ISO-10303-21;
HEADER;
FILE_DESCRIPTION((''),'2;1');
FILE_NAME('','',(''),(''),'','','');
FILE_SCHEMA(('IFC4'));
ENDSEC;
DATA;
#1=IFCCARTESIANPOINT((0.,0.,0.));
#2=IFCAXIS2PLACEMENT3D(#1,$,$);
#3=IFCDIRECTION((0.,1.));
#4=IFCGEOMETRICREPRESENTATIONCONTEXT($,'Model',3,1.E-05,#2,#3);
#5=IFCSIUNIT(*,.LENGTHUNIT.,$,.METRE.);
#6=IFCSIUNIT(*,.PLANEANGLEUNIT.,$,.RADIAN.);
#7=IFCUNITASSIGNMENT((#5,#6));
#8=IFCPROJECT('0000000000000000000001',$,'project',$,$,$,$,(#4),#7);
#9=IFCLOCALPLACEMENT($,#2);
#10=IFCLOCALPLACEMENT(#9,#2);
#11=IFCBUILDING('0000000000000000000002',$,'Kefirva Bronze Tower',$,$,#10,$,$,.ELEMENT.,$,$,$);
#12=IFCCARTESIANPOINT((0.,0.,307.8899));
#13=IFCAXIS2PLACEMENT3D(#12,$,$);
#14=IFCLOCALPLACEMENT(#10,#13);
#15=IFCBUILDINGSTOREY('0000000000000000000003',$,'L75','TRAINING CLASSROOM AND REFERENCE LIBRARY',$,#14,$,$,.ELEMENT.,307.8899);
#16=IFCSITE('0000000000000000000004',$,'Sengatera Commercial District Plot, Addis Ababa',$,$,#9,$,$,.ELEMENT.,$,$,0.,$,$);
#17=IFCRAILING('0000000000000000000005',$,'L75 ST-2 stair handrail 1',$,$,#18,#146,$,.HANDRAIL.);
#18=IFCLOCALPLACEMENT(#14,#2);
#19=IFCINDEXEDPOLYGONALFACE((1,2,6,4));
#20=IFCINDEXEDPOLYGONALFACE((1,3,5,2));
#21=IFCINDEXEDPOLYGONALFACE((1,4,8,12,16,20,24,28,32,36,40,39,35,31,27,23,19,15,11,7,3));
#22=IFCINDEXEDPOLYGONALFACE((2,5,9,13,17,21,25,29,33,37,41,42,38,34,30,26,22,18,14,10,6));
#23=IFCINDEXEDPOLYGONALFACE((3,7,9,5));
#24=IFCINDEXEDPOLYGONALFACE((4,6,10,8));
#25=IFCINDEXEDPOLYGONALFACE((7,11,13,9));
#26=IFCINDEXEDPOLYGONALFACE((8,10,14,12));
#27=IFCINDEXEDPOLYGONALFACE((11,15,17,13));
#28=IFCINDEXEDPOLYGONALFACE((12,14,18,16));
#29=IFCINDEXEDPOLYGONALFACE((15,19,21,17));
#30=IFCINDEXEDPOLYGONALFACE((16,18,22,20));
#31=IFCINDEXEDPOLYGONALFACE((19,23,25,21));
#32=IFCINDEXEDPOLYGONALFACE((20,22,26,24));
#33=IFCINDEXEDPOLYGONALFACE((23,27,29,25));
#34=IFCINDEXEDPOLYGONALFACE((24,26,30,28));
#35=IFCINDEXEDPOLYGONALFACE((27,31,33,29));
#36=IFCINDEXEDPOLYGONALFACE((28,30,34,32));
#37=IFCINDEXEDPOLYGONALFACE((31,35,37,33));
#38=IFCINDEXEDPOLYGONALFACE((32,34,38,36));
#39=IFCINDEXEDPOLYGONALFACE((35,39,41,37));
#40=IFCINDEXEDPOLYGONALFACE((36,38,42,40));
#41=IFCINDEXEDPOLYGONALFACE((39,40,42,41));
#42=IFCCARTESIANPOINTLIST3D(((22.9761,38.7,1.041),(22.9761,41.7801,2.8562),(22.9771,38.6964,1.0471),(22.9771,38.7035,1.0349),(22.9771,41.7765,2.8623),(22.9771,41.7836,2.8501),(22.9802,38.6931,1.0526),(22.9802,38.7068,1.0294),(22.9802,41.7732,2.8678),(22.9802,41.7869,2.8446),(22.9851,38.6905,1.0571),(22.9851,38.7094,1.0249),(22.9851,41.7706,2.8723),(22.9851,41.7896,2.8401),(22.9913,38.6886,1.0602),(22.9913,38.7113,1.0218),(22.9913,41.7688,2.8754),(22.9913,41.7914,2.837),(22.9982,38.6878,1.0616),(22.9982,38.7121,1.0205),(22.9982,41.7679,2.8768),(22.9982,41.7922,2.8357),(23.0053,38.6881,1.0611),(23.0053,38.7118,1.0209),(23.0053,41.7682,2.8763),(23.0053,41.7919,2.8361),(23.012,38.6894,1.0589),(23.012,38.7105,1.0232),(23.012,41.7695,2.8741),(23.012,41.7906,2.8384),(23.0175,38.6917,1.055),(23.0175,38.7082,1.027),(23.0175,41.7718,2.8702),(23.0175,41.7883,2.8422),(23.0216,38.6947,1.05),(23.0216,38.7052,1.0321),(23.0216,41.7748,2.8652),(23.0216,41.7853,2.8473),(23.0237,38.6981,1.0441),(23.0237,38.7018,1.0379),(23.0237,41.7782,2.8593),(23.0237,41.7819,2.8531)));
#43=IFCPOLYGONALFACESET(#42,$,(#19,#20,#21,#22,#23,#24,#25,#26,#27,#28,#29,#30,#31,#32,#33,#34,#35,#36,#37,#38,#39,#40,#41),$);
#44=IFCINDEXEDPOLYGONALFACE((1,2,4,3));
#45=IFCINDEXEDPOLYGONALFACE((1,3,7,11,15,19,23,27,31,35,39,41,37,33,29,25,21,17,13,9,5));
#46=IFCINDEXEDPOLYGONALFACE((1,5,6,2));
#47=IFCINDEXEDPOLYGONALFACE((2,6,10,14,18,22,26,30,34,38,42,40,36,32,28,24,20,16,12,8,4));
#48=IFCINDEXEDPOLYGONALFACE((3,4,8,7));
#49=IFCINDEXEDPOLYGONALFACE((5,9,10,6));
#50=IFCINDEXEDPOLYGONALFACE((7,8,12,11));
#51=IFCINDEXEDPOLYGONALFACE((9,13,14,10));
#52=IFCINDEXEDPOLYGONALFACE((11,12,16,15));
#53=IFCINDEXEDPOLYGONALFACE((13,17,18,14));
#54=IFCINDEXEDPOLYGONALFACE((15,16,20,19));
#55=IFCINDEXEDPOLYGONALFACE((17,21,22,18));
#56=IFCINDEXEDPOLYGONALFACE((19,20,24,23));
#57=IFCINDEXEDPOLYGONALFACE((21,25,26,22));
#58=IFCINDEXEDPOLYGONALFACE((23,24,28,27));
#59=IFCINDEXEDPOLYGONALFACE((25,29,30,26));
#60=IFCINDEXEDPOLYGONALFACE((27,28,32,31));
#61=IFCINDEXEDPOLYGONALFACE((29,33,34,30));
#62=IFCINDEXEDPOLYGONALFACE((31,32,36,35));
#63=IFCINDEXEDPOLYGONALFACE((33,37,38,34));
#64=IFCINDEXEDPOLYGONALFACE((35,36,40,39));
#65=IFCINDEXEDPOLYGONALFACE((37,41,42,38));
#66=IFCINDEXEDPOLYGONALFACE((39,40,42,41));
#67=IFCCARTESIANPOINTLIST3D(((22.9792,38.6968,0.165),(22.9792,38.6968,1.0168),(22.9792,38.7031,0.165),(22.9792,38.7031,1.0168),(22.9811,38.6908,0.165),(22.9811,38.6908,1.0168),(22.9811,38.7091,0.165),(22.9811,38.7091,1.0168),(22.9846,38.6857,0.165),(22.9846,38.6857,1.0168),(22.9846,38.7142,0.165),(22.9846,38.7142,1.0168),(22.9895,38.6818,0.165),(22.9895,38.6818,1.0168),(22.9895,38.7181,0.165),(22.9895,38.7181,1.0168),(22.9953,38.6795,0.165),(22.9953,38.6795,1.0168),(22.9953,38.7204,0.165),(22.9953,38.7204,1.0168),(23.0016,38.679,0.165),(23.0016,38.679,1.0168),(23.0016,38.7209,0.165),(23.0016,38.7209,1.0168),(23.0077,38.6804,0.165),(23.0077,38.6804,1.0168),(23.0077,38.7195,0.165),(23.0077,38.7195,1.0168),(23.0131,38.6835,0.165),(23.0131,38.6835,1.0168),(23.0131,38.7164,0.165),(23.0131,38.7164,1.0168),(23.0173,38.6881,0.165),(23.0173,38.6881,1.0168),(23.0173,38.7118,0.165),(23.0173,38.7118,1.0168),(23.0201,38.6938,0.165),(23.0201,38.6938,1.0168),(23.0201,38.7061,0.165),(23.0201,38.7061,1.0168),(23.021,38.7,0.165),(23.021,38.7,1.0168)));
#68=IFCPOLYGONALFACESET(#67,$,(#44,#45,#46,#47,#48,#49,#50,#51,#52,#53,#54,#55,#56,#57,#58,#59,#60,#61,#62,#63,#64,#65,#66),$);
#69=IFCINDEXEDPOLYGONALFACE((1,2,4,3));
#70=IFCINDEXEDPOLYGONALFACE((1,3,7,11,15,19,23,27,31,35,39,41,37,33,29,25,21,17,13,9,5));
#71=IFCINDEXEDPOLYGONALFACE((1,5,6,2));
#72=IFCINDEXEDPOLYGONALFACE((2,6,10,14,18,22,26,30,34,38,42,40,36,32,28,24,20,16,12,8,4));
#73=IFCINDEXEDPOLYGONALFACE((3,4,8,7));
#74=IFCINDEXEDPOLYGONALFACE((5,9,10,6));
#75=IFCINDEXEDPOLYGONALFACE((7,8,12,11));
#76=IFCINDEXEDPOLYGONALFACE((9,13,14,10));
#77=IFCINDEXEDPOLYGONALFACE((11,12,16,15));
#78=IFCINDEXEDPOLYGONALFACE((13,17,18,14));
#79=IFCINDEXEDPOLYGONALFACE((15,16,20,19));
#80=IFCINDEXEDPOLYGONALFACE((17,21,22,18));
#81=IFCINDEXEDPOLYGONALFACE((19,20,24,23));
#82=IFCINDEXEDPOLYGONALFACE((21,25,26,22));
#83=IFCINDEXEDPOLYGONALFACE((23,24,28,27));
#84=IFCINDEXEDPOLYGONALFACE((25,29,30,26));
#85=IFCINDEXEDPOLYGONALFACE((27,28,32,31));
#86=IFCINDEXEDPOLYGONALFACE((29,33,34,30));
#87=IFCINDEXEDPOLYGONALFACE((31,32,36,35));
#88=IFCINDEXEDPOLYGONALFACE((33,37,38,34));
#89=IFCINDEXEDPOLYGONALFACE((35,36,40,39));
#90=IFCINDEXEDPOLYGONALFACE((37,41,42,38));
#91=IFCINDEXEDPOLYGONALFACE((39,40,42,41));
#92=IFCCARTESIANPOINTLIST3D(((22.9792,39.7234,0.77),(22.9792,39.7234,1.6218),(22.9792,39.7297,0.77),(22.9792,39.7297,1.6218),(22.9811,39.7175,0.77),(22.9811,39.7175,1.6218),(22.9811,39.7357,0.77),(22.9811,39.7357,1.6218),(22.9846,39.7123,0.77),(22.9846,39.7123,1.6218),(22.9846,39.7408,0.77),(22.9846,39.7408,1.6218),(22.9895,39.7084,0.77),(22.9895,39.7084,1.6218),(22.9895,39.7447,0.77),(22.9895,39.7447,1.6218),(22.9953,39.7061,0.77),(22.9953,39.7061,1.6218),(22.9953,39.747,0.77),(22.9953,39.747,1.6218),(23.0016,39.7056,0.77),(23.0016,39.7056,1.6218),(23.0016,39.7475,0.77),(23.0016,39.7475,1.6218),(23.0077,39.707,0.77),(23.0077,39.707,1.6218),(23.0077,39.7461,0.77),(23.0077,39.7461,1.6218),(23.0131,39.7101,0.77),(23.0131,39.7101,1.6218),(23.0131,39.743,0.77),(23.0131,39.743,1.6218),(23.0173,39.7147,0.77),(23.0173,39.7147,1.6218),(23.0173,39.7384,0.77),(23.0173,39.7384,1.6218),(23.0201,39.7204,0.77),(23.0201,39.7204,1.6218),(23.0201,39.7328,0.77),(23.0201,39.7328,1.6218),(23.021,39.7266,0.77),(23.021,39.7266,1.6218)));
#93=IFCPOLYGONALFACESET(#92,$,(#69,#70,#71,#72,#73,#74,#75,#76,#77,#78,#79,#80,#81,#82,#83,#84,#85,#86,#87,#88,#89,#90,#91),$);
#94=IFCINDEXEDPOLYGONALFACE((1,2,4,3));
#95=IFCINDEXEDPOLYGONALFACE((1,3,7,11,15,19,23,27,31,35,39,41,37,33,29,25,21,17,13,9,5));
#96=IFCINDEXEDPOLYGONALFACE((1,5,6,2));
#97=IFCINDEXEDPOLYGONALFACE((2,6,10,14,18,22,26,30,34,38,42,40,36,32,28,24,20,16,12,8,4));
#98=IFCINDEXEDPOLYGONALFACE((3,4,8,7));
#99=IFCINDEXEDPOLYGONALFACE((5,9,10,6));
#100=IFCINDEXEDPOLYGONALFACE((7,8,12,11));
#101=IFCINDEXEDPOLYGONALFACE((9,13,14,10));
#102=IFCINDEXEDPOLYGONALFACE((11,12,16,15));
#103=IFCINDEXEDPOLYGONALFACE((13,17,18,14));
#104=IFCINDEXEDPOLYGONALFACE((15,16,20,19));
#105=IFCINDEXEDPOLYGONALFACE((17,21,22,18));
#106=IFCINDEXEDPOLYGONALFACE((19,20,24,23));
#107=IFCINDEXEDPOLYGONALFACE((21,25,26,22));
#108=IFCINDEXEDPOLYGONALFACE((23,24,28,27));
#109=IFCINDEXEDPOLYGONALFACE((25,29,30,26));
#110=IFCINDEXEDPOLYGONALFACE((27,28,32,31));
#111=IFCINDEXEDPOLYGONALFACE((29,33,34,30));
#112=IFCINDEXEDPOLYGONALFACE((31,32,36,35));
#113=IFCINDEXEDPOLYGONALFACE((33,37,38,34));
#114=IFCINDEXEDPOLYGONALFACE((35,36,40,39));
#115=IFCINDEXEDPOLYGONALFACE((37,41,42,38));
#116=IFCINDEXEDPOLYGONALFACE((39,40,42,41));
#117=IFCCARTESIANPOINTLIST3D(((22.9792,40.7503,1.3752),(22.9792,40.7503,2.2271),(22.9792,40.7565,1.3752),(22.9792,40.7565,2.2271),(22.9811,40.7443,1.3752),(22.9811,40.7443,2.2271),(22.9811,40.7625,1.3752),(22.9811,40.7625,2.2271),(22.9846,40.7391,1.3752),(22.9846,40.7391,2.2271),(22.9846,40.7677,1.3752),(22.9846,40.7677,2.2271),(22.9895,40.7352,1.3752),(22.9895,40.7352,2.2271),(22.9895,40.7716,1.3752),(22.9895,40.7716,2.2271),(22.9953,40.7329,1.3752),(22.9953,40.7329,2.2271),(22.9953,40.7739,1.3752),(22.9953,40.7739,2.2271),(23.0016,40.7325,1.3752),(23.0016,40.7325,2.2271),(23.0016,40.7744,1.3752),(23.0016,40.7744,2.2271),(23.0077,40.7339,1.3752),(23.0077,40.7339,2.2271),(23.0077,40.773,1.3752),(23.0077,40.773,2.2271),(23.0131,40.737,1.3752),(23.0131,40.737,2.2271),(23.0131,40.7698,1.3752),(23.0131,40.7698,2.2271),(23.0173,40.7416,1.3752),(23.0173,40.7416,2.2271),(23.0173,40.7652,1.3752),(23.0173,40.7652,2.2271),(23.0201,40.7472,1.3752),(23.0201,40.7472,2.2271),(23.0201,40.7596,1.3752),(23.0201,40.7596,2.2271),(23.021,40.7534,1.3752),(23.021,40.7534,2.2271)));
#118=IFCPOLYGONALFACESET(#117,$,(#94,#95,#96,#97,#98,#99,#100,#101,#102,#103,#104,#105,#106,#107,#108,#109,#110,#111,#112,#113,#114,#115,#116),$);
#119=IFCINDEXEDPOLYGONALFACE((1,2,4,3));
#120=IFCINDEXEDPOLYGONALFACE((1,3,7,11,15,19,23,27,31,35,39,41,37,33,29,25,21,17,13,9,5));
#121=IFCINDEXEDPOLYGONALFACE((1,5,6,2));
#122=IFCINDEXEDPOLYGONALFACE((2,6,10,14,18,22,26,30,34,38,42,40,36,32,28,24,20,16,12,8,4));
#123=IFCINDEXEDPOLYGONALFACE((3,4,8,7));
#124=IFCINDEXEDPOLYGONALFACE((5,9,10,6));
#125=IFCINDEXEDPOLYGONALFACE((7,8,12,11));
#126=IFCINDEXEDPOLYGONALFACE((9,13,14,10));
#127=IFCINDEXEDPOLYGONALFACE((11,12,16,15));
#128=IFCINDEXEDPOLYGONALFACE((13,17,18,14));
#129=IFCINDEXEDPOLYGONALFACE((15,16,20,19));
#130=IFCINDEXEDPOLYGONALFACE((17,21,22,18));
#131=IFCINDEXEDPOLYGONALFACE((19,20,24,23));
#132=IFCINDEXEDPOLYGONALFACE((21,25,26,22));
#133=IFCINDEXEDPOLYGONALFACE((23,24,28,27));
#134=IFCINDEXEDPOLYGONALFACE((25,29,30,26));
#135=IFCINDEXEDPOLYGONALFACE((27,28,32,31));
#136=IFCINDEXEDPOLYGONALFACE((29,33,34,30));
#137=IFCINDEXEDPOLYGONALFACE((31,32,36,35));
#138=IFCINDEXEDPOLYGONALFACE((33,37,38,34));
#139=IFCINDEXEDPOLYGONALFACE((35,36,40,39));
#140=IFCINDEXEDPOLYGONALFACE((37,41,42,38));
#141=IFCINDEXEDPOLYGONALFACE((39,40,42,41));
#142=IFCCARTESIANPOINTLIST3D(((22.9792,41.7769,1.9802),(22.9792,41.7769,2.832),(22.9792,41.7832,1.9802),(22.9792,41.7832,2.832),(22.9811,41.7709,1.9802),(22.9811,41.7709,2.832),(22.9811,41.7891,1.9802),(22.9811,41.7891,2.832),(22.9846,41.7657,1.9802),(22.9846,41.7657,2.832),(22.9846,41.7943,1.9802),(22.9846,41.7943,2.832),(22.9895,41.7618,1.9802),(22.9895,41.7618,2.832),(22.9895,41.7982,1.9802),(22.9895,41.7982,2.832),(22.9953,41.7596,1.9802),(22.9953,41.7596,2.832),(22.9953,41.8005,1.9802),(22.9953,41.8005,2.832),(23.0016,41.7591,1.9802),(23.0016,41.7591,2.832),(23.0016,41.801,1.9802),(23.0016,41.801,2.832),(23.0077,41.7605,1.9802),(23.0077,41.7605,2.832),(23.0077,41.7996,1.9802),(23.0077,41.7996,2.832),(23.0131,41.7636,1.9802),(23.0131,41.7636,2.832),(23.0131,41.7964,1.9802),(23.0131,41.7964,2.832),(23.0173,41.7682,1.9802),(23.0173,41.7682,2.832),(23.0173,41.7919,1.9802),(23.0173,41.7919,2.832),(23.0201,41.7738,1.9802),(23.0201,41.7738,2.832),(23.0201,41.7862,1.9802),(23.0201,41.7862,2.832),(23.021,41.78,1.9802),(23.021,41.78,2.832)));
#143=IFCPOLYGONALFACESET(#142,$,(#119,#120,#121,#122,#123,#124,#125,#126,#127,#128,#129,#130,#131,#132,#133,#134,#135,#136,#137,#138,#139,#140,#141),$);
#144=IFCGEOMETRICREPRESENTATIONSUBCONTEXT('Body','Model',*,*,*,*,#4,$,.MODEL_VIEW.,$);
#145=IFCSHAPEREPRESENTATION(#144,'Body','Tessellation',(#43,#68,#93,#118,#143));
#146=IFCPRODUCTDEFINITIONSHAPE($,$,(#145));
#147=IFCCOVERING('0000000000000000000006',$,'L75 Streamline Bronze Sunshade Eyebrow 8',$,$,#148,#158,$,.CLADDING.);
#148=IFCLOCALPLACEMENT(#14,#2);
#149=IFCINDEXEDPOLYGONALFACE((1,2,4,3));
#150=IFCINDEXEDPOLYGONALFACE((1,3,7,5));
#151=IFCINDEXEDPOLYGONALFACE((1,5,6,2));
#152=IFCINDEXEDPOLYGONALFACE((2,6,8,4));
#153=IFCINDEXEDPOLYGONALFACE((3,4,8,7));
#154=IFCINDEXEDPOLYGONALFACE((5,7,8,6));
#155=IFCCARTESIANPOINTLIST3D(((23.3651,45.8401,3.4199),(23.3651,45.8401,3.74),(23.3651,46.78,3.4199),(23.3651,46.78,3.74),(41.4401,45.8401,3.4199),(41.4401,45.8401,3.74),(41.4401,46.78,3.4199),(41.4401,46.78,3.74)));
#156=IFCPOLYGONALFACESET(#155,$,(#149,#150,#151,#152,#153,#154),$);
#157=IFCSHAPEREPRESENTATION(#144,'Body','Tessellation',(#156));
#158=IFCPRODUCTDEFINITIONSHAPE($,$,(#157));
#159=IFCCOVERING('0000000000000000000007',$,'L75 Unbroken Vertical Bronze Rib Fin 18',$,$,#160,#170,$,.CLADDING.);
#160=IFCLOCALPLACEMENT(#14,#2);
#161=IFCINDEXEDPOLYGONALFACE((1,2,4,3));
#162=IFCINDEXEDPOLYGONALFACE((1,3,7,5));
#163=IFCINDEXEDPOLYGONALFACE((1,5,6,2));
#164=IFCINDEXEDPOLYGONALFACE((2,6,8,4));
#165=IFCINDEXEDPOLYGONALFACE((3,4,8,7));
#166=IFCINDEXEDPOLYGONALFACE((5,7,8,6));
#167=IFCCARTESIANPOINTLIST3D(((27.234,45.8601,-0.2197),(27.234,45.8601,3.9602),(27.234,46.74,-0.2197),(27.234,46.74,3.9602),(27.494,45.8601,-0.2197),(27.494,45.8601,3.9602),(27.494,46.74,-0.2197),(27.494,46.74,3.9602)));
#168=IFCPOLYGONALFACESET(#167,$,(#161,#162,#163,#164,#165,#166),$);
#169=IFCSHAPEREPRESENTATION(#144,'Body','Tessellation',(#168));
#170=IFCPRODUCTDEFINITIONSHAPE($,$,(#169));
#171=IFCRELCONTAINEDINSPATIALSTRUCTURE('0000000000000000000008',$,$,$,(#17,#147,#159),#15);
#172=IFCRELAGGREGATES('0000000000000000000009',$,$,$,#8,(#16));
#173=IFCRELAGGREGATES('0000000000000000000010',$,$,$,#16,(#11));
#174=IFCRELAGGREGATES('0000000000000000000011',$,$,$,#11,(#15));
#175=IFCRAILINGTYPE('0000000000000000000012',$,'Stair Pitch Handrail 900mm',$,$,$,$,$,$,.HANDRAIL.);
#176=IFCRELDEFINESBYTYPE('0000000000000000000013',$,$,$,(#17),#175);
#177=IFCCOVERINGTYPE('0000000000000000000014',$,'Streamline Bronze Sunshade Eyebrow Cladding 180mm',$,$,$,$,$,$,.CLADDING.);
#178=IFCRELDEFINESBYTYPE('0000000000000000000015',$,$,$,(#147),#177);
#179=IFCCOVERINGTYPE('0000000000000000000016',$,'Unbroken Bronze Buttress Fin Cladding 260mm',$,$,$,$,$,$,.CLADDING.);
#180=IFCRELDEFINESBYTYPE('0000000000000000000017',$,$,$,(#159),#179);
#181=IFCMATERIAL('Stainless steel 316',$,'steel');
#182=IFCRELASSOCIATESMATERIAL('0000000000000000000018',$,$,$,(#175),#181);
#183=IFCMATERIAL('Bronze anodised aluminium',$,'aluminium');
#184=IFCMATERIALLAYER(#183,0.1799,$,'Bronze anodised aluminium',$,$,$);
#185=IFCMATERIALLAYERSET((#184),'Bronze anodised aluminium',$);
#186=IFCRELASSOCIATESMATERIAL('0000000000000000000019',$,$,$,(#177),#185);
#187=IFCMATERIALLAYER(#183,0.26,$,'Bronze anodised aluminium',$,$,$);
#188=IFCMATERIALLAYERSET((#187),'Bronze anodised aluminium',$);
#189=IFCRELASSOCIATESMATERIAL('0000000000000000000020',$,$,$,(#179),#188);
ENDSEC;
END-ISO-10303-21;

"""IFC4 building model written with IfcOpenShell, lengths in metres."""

from ifc_helpers import new_model, si_unit, direction, frame, origin, origin_2d, place, context, subcontext, project, spatial, rectangle, circle, extrude, material, layer, layer_set, type_object, element, save


model = new_model("IFC4")

# Units and contexts
model_context = context("Model", 3, precision=1e-05, world=origin(), true_north=direction((0.0, 1.0)))
body_context = subcontext(model_context, "Body", "Model", "MODEL_VIEW")
ifc_project = project(units=[si_unit("LENGTHUNIT", "METRE"), si_unit("PLANEANGLEUNIT", "RADIAN")], contexts=[model_context])

# Site, building, storey
site_placement = place(None, origin())
site = spatial("IfcSite", under=ifc_project, at=site_placement, Name="Sengatera Commercial District Plot, Addis Ababa", CompositionType="ELEMENT", RefElevation=0.0)
building_placement = place(site_placement, origin())
building = spatial("IfcBuilding", under=site, at=building_placement, Name="Kefirva Bronze Tower", CompositionType="ELEMENT")
storey_placement = place(building_placement, frame((0.0, 0.0, 307.8899)))
storey = spatial("IfcBuildingStorey", under=building, at=storey_placement, Name="L75", Description="TRAINING CLASSROOM AND REFERENCE LIBRARY", CompositionType="ELEMENT", Elevation=307.8899)

# Shared definitions
ifc_material_1 = material(Name="Bronze anodised aluminium", Category="aluminium")

# Railing
ifc_material_2 = material(Name="Stainless steel 316", Category="steel")
railing_type_1 = type_object("IfcRailingType", Name="Stair Pitch Handrail 900mm", PredefinedType="HANDRAIL", material=ifc_material_2)
railing_1_placement = place(storey_placement, frame((23.0, 38.7, 0.165)))
element("IfcRailing", 1, at=railing_1_placement, inside=storey, type_object=railing_type_1, Name="L75 ST-2 stair handrail 1", PredefinedType="HANDRAIL", context=body_context, shape_type="SweptSolid", body=[
    extrude(circle(Radius=0.0239, at=origin_2d()), frame((0.0, 0.0, 0.876), z_axis=(0.0, 0.861521, 0.507721), x_axis=(-1.0, 0.0, 0.0)), (0.0, 0.0, 1.0), 3.5752),
    extrude(circle(Radius=0.021, at=origin_2d()), origin(), (0.0, 0.0, 1.0), 0.8518),
    extrude(circle(Radius=0.021, at=origin_2d()), frame((0.0, 1.0266, 0.605)), (0.0, 0.0, 1.0), 0.8518),
    extrude(circle(Radius=0.021, at=origin_2d()), frame((0.0, 2.0535, 1.2102)), (0.0, 0.0, 1.0), 0.8518),
    extrude(circle(Radius=0.021, at=origin_2d()), frame((0.0, 3.0801, 1.8152)), (0.0, 0.0, 1.0), 0.8518),
])

# Coverings
ifc_layer_1 = layer(ifc_material_1, 0.1799, Name="Bronze anodised aluminium")
ifc_layer_set_1 = layer_set([ifc_layer_1], Name="Bronze anodised aluminium")
covering_type_1 = type_object("IfcCoveringType", Name="Streamline Bronze Sunshade Eyebrow Cladding 180mm", PredefinedType="CLADDING", material=ifc_layer_set_1)
covering_1_placement = place(storey_placement, frame((32.4026, 46.3101, 3.4199), z_axis=(0.0, 0.0, 1.0), x_axis=(-1.0, 0.0, 0.0)))
element("IfcCovering", 2, at=covering_1_placement, inside=storey, type_object=covering_type_1, Name="L75 Streamline Bronze Sunshade Eyebrow 8", PredefinedType="CLADDING", context=body_context, shape_type="SweptSolid", body=[
    extrude(rectangle(XDim=18.075, YDim=0.9399, at=origin_2d()), origin(), (0.0, 0.0, 1.0), 0.3201),
])
ifc_layer_2 = layer(ifc_material_1, 0.26, Name="Bronze anodised aluminium")
ifc_layer_set_2 = layer_set([ifc_layer_2], Name="Bronze anodised aluminium")
covering_type_2 = type_object("IfcCoveringType", Name="Unbroken Bronze Buttress Fin Cladding 260mm", PredefinedType="CLADDING", material=ifc_layer_set_2)
covering_2_placement = place(storey_placement, frame((27.364, 46.3, -0.2197), z_axis=(0.0, 0.0, 1.0), x_axis=(-1.0, 0.0, 0.0)))
element("IfcCovering", 3, at=covering_2_placement, inside=storey, type_object=covering_type_2, Name="L75 Unbroken Vertical Bronze Rib Fin 18", PredefinedType="CLADDING", context=body_context, shape_type="SweptSolid", body=[
    extrude(rectangle(XDim=0.26, YDim=0.8799, at=origin_2d()), origin(), (0.0, 0.0, 1.0), 4.1799),
])

save(model, "model.ifc")
